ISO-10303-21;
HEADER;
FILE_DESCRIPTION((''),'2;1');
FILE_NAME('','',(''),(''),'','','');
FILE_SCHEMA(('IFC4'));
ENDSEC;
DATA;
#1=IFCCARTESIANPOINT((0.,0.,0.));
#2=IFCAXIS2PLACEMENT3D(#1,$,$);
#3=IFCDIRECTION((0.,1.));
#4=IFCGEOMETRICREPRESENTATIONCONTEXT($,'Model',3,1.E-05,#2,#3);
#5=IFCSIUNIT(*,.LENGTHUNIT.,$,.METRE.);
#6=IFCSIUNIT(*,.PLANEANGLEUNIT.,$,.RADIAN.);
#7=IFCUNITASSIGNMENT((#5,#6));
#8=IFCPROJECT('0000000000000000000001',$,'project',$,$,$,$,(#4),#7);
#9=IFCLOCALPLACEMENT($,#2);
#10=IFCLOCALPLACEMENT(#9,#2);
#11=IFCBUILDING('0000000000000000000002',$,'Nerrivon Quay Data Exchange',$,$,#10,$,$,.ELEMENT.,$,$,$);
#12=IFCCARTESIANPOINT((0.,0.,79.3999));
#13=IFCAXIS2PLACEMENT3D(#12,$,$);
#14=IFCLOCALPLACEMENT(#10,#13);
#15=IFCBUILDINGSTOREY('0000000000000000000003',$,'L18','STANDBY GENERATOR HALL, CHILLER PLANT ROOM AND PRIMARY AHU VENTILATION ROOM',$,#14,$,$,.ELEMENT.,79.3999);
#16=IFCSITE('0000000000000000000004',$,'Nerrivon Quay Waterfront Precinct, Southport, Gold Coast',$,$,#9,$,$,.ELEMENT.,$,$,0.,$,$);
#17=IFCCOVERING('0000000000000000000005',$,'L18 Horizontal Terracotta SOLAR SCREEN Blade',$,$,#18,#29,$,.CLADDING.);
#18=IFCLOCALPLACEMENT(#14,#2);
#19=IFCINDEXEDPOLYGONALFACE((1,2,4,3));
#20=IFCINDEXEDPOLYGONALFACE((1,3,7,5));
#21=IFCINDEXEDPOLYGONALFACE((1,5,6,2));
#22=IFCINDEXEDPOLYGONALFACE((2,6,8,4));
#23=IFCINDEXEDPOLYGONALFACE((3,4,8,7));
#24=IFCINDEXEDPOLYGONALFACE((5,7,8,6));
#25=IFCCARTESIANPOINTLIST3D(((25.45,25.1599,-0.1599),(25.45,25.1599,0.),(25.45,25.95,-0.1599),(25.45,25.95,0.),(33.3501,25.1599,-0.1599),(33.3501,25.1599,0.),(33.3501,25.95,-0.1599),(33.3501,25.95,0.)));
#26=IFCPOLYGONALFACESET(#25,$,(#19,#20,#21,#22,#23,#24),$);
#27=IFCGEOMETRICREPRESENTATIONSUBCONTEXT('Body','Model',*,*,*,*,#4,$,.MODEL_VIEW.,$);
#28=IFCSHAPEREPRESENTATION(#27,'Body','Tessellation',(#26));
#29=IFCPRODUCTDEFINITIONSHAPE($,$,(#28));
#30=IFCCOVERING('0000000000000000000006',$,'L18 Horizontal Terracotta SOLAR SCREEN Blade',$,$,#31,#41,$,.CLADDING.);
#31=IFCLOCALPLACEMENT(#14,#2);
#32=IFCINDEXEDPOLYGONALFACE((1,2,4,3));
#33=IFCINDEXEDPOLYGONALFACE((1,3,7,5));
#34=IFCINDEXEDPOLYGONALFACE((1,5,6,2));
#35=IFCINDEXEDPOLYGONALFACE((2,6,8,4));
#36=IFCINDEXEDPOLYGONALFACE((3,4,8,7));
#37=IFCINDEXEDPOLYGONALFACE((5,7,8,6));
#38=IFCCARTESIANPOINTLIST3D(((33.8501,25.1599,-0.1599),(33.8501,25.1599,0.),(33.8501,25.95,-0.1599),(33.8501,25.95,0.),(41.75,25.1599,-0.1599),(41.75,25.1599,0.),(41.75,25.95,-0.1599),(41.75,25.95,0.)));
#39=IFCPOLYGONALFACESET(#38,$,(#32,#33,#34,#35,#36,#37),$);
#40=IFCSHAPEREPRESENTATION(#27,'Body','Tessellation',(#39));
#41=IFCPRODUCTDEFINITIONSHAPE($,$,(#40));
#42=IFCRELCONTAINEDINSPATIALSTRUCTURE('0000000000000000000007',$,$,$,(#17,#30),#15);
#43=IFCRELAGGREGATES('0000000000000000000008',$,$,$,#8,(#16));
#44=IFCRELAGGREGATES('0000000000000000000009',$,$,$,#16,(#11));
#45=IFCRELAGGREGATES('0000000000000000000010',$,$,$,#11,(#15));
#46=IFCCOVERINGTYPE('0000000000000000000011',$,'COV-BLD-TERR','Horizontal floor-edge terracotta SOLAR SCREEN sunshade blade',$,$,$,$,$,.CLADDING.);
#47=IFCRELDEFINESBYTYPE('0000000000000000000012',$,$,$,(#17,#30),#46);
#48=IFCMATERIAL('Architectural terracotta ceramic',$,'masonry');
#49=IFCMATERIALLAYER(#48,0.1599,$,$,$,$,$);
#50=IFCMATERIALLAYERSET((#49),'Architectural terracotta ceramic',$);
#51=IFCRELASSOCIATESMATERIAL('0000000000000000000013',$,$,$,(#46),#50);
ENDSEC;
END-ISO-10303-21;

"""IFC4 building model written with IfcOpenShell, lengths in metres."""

from ifc_helpers import new_model, si_unit, direction, frame, origin, place, context, subcontext, project, spatial, polyline, outline, extrude, material, layer, layer_set, type_object, element, save


model = new_model("IFC4")

# Units and contexts
model_context = context("Model", 3, precision=1e-05, world=origin(), true_north=direction((0.0, 1.0)))
body_context = subcontext(model_context, "Body", "Model", "MODEL_VIEW")
ifc_project = project(units=[si_unit("LENGTHUNIT", "METRE"), si_unit("PLANEANGLEUNIT", "RADIAN")], contexts=[model_context])

# Site, building, storey
site_placement = place(None, origin())
site = spatial("IfcSite", under=ifc_project, at=site_placement, Name="Nerrivon Quay Waterfront Precinct, Southport, Gold Coast", CompositionType="ELEMENT", RefElevation=0.0)
building_placement = place(site_placement, origin())
building = spatial("IfcBuilding", under=site, at=building_placement, Name="Nerrivon Quay Data Exchange", CompositionType="ELEMENT")
storey_placement = place(building_placement, frame((0.0, 0.0, 79.3999)))
storey = spatial("IfcBuildingStorey", under=building, at=storey_placement, Name="L18", Description="STANDBY GENERATOR HALL, CHILLER PLANT ROOM AND PRIMARY AHU VENTILATION ROOM", CompositionType="ELEMENT", Elevation=79.3999)

# Coverings
ifc_material_1 = material(Name="Architectural terracotta ceramic", Category="masonry")
ifc_layer_1 = layer(ifc_material_1, 0.1599)
ifc_layer_set_1 = layer_set([ifc_layer_1], Name="Architectural terracotta ceramic")
covering_type = type_object("IfcCoveringType", Name="COV-BLD-TERR", Description="Horizontal floor-edge terracotta SOLAR SCREEN sunshade blade", PredefinedType="CLADDING", material=ifc_layer_set_1)
covering_1_placement = place(storey_placement, frame((0.0, 0.0, -0.1599)))
element("IfcCovering", 1, at=covering_1_placement, inside=storey, type_object=covering_type, Name="L18 Horizontal Terracotta SOLAR SCREEN Blade", PredefinedType="CLADDING", context=body_context, shape_type="SweptSolid", body=[
    extrude(outline(polyline([(25.45, 25.1599), (33.3501, 25.1599), (33.3501, 25.95), (25.45, 25.95), (25.45, 25.1599)])), origin(), (0.0, 0.0, 1.0), 0.1599),
])
covering_2_placement = place(storey_placement, frame((0.0, 0.0, -0.1599)))
element("IfcCovering", 2, at=covering_2_placement, inside=storey, type_object=covering_type, Name="L18 Horizontal Terracotta SOLAR SCREEN Blade", PredefinedType="CLADDING", context=body_context, shape_type="SweptSolid", body=[
    extrude(outline(polyline([(33.8501, 25.1599), (41.75, 25.1599), (41.75, 25.95), (33.8501, 25.95), (33.8501, 25.1599)])), origin(), (0.0, 0.0, 1.0), 0.1599),
])

save(model, "model.ifc")
